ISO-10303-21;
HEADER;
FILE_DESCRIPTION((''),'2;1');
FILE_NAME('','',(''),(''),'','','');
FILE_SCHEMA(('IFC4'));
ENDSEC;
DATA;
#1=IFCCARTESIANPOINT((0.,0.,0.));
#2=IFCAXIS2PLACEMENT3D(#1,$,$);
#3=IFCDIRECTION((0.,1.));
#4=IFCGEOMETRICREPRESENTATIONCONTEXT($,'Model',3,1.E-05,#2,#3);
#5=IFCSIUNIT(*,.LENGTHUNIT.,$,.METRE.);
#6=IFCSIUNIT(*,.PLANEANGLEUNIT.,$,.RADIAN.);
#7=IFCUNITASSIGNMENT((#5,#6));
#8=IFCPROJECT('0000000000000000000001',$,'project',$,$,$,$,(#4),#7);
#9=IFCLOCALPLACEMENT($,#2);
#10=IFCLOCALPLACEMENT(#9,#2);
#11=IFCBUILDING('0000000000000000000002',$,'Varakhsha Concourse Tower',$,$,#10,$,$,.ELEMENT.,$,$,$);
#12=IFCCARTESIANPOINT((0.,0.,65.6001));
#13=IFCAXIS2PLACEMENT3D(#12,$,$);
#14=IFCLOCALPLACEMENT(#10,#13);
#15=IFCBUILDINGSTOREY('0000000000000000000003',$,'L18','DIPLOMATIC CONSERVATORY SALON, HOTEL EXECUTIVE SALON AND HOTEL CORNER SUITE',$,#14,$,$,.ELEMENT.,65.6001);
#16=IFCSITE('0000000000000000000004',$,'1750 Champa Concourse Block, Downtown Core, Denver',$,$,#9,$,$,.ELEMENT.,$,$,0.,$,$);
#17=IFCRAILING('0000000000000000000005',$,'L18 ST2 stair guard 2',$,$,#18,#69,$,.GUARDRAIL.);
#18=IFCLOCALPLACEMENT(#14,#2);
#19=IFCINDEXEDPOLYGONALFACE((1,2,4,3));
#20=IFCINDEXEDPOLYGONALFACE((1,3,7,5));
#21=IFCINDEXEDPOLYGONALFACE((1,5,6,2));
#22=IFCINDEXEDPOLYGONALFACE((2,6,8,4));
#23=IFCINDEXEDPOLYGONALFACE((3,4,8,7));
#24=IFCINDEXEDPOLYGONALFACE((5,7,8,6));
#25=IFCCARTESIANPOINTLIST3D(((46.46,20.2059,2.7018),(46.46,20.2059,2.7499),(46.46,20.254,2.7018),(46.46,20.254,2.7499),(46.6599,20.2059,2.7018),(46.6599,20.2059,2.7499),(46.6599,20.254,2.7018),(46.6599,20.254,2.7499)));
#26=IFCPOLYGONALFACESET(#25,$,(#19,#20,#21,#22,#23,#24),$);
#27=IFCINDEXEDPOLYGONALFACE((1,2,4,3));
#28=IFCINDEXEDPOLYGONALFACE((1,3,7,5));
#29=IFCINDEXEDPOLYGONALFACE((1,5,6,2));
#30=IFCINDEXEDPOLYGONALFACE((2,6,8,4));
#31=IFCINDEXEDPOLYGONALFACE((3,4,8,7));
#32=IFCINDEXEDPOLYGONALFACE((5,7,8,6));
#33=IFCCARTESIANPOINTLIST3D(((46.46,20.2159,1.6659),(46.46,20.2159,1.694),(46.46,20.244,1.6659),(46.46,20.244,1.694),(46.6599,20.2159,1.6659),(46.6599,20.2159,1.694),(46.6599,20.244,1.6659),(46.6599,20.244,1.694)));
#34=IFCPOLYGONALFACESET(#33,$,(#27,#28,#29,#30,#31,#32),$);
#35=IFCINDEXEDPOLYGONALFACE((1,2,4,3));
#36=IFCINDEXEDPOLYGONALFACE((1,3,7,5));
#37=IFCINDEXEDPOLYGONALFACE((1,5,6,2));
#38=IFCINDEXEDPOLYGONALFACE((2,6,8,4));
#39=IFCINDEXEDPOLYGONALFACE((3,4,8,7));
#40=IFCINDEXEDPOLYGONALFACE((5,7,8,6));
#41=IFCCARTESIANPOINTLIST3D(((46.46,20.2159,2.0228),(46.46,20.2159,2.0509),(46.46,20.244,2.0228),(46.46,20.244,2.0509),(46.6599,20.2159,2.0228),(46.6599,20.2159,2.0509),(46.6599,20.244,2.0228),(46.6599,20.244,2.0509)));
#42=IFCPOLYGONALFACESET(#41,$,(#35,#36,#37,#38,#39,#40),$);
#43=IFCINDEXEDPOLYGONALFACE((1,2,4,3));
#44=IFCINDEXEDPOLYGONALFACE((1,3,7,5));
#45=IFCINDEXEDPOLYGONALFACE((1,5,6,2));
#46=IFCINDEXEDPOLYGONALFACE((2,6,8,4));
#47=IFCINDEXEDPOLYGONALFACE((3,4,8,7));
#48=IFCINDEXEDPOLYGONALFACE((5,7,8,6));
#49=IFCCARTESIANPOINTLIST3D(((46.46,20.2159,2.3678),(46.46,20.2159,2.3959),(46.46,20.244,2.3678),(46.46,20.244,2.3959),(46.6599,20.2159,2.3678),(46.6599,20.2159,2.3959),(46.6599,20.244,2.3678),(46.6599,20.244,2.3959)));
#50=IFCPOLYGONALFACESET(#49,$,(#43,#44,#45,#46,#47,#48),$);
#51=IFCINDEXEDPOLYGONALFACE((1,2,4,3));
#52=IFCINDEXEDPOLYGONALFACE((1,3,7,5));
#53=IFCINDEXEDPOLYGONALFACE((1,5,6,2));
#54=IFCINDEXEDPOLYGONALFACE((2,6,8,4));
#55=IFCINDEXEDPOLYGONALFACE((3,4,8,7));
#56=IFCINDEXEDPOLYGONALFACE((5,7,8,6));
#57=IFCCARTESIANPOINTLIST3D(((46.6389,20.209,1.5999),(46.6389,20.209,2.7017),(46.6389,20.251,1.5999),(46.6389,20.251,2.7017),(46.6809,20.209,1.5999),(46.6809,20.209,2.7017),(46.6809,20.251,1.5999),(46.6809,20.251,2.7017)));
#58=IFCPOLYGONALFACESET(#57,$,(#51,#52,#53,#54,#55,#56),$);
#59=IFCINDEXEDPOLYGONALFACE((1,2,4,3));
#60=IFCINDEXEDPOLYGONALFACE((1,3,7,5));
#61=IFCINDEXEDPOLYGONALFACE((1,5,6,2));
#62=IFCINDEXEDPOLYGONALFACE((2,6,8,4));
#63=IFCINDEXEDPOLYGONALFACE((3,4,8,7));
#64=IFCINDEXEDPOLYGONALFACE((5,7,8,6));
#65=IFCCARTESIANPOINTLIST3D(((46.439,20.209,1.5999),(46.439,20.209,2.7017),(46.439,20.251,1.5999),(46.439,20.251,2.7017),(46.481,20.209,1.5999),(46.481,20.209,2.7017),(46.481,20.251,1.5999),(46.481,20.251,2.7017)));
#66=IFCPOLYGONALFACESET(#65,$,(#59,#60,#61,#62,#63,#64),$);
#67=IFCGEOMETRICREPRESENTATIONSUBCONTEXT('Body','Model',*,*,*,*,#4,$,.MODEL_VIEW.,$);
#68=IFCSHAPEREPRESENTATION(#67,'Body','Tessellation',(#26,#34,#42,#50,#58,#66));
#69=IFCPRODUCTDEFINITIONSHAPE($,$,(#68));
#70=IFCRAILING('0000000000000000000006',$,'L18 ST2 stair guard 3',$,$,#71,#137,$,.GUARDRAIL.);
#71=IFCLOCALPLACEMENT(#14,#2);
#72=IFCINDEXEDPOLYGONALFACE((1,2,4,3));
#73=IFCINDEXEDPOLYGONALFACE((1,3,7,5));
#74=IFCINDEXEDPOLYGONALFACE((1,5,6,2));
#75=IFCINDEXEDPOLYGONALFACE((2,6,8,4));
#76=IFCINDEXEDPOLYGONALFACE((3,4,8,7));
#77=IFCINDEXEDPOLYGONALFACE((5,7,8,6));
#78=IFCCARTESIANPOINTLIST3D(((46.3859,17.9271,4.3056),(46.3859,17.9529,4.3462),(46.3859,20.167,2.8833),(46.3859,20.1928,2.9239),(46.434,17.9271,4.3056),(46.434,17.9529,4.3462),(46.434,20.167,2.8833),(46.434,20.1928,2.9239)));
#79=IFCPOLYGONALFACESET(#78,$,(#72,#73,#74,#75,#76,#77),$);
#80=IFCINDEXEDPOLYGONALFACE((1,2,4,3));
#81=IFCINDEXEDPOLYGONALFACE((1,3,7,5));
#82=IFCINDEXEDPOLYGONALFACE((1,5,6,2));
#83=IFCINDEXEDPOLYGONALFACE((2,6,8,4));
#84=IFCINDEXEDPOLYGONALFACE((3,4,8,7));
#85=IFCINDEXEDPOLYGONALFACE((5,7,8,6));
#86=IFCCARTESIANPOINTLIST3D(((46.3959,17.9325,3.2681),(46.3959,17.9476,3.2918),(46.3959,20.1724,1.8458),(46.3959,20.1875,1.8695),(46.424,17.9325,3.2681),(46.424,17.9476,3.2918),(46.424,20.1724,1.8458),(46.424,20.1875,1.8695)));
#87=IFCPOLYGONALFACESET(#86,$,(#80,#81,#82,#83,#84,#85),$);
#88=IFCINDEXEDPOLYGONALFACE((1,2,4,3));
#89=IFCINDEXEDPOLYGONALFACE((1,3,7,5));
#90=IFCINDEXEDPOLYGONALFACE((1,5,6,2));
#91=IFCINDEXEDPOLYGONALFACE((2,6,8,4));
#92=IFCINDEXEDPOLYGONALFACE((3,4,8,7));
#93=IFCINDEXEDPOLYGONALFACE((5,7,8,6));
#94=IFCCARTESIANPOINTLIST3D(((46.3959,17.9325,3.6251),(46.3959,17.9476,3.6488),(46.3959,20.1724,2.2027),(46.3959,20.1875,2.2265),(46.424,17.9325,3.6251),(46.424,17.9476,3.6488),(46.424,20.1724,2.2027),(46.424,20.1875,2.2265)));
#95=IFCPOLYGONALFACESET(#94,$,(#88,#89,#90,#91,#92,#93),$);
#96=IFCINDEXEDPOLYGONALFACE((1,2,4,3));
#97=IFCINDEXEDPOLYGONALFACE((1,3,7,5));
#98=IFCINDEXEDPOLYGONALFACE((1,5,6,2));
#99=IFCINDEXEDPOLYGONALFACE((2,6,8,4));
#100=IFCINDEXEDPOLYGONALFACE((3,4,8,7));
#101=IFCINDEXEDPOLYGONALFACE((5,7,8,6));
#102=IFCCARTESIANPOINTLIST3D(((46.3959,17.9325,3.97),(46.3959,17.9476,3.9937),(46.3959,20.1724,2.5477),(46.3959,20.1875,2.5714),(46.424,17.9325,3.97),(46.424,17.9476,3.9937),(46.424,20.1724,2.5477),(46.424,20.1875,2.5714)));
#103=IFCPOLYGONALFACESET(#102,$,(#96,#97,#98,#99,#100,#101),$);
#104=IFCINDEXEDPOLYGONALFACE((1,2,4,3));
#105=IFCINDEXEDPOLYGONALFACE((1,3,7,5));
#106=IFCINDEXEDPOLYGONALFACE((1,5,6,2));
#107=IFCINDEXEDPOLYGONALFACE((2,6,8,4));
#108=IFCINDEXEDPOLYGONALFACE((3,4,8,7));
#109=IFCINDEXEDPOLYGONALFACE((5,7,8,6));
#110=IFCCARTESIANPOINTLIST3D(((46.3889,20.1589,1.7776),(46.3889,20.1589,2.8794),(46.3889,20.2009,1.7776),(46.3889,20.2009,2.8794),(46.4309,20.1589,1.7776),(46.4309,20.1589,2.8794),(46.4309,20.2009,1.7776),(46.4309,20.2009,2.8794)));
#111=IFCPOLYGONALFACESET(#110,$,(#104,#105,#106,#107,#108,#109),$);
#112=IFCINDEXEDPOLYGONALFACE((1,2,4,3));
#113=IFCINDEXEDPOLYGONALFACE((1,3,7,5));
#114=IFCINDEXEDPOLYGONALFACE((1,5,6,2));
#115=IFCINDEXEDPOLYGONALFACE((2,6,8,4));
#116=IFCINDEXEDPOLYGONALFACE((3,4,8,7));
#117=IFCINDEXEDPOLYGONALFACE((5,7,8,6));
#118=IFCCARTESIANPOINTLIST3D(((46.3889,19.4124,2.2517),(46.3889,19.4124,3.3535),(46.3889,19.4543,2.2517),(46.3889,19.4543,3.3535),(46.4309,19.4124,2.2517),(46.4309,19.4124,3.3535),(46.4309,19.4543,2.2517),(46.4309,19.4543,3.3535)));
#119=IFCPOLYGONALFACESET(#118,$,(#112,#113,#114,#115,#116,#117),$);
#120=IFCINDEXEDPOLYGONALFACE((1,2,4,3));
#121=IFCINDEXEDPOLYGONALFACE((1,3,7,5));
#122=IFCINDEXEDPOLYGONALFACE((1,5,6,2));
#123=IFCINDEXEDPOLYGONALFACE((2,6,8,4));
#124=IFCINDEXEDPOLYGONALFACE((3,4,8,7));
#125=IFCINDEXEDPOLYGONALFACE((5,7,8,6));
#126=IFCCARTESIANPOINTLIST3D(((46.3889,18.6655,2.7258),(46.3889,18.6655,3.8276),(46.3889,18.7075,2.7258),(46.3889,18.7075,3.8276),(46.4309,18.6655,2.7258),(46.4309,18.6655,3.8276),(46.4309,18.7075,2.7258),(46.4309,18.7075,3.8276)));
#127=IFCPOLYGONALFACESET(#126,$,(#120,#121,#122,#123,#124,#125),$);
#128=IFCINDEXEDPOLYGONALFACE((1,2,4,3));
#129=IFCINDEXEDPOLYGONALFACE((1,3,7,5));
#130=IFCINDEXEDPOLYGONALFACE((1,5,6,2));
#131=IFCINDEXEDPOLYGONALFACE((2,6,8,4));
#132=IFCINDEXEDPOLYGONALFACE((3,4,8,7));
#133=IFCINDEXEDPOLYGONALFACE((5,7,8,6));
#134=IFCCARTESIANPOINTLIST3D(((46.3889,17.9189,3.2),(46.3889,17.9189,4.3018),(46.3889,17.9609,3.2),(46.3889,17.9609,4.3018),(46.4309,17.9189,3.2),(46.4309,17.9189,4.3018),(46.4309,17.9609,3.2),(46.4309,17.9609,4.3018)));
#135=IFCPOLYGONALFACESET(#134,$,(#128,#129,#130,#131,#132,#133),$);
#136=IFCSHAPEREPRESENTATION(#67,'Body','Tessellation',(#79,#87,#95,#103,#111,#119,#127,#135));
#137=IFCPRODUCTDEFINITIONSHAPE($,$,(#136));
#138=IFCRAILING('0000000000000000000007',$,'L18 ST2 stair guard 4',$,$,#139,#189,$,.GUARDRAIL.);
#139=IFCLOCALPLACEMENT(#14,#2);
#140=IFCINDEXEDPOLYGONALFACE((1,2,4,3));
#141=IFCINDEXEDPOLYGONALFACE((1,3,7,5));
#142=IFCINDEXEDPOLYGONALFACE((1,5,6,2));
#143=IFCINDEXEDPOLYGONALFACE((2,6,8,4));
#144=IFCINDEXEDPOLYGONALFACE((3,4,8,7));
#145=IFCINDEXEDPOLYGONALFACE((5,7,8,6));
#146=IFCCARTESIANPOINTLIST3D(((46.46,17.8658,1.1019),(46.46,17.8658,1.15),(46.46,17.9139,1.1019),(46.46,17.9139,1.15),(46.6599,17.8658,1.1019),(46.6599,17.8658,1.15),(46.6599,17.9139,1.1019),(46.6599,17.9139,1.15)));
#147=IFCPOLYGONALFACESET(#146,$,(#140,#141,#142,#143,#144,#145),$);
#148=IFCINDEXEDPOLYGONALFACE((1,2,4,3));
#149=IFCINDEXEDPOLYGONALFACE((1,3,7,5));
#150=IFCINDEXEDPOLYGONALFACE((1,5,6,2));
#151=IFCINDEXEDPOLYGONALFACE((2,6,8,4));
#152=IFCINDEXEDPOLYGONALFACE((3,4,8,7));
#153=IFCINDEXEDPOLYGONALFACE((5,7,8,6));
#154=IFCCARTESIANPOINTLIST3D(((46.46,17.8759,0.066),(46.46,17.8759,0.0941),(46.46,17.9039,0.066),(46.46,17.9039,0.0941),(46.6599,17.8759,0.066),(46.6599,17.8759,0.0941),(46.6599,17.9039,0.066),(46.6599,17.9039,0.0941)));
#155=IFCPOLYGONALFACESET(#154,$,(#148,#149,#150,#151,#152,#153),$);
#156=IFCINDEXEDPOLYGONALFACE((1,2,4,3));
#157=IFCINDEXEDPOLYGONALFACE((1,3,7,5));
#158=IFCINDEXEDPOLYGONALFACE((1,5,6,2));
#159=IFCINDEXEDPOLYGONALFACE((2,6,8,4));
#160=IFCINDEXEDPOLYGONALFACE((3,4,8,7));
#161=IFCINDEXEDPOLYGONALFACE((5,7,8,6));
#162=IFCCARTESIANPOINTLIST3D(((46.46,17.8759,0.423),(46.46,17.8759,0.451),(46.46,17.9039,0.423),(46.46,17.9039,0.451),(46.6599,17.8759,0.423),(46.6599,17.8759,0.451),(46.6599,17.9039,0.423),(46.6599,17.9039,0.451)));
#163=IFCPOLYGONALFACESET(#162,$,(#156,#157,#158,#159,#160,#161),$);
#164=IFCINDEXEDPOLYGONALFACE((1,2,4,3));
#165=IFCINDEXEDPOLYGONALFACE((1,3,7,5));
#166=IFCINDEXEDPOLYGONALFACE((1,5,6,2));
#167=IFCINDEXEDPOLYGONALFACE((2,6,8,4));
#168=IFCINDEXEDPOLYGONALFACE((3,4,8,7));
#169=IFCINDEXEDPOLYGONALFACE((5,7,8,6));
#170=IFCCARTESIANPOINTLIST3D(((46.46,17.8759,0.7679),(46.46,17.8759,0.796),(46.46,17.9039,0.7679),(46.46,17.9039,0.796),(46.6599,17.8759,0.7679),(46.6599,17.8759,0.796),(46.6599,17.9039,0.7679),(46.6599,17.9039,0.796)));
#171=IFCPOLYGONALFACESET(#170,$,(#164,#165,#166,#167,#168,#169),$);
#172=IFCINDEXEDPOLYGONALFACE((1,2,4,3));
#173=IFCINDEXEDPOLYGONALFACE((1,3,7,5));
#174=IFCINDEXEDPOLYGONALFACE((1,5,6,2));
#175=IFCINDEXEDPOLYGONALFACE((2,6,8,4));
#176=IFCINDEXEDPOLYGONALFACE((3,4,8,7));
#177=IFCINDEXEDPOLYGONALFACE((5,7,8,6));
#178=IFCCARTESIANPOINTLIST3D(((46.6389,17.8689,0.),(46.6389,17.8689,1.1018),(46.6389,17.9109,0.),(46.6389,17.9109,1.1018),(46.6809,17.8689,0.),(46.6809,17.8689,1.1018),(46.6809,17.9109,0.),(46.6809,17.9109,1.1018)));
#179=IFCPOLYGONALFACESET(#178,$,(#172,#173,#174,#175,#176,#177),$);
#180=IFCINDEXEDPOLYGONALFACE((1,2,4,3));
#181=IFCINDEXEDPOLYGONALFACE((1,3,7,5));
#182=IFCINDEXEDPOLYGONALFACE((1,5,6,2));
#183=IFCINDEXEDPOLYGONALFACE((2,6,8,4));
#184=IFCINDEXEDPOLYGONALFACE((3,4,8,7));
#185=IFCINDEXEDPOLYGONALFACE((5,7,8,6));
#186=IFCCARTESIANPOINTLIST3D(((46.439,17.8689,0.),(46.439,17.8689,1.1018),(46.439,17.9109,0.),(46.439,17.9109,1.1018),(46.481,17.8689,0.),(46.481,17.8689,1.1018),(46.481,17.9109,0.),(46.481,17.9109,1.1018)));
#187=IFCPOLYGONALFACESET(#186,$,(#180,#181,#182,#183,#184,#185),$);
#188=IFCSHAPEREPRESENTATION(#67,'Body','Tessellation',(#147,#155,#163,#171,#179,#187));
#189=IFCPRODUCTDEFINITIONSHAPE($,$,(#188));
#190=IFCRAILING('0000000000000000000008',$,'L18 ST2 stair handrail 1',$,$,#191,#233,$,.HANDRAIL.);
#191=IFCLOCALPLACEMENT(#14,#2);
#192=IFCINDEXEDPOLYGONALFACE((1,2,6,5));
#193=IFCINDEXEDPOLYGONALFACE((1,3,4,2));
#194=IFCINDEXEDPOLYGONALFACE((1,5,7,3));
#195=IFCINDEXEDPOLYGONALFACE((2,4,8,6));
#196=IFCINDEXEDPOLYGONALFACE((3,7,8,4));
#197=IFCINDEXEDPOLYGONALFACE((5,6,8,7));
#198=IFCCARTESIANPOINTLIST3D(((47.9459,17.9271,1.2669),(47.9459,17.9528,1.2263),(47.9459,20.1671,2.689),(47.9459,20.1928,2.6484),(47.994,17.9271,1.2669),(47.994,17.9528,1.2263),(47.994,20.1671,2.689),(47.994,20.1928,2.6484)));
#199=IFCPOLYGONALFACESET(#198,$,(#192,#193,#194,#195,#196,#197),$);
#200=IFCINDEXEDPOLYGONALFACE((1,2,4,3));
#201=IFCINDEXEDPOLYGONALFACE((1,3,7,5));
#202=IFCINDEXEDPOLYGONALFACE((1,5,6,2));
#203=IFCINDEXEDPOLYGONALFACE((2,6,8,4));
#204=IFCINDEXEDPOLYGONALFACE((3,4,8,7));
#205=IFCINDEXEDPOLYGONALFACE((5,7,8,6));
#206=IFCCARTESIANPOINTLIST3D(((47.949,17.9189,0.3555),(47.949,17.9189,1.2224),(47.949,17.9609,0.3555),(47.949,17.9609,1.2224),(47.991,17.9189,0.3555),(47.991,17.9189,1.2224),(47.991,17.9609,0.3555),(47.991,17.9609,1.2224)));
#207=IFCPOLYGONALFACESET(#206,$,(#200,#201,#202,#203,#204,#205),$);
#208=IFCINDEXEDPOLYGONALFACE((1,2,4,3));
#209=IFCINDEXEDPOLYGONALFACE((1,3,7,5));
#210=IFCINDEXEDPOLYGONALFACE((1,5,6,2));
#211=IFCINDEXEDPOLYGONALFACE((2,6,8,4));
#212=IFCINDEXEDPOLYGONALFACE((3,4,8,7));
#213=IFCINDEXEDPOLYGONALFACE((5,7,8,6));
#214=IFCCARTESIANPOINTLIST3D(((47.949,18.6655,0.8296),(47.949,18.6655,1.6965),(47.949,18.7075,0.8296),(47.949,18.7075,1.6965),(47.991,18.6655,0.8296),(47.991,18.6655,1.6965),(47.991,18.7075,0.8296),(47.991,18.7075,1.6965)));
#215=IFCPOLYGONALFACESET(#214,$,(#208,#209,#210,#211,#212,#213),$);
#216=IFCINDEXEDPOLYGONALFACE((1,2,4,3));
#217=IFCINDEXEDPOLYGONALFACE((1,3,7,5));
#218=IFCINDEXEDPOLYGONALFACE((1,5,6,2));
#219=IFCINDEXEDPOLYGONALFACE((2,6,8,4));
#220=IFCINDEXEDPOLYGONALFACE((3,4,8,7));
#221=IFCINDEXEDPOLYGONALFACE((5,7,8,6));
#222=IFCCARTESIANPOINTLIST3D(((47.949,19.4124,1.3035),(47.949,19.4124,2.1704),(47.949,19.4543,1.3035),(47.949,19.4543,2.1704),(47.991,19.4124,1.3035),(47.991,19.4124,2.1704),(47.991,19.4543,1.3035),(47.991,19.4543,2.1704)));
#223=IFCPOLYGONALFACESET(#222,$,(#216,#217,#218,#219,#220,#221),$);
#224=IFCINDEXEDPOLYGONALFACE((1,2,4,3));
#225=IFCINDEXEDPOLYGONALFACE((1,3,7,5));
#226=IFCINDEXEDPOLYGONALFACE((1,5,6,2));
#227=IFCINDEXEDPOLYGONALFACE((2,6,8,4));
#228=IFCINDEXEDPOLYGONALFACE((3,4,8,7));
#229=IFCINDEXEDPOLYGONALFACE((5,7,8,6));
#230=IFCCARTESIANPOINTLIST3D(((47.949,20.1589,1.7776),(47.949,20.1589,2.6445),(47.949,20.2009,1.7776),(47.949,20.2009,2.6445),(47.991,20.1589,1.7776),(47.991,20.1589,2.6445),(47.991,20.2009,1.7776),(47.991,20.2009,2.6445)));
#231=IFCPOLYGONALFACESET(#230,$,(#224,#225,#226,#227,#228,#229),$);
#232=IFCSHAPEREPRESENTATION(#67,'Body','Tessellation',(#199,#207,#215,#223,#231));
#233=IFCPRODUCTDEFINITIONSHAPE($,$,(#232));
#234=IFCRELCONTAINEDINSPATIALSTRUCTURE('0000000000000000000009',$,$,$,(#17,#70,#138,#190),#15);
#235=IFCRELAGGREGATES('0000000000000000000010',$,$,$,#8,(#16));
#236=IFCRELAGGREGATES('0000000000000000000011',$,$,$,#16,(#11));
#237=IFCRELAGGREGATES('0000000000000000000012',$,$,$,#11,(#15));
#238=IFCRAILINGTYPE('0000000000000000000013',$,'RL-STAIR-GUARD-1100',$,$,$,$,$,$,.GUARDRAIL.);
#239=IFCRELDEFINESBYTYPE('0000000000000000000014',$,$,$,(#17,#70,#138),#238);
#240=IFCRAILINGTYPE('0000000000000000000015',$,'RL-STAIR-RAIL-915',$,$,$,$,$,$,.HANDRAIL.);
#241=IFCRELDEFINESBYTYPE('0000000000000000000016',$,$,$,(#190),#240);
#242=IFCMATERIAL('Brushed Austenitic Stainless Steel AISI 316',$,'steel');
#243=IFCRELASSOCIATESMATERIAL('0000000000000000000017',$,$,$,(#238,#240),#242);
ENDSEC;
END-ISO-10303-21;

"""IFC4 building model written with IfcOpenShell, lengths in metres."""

from ifc_helpers import new_model, si_unit, direction, frame, origin, origin_2d, place, context, subcontext, project, spatial, rectangle, extrude, material, type_object, element, save


model = new_model("IFC4")

# Units and contexts
model_context = context("Model", 3, precision=1e-05, world=origin(), true_north=direction((0.0, 1.0)))
body_context = subcontext(model_context, "Body", "Model", "MODEL_VIEW")
ifc_project = project(units=[si_unit("LENGTHUNIT", "METRE"), si_unit("PLANEANGLEUNIT", "RADIAN")], contexts=[model_context])

# Site, building, storey
site_placement = place(None, origin())
site = spatial("IfcSite", under=ifc_project, at=site_placement, Name="1750 Champa Concourse Block, Downtown Core, Denver", CompositionType="ELEMENT", RefElevation=0.0)
building_placement = place(site_placement, origin())
building = spatial("IfcBuilding", under=site, at=building_placement, Name="Varakhsha Concourse Tower", CompositionType="ELEMENT")
storey_placement = place(building_placement, frame((0.0, 0.0, 65.6001)))
storey = spatial("IfcBuildingStorey", under=building, at=storey_placement, Name="L18", Description="DIPLOMATIC CONSERVATORY SALON, HOTEL EXECUTIVE SALON AND HOTEL CORNER SUITE", CompositionType="ELEMENT", Elevation=65.6001)

# Railings
ifc_material_1 = material(Name="Brushed Austenitic Stainless Steel AISI 316", Category="steel")
railing_type_1 = type_object("IfcRailingType", Name="RL-STAIR-GUARD-1100", PredefinedType="GUARDRAIL", material=ifc_material_1)
railing_1_placement = place(storey_placement, frame((46.6599, 20.23, 1.5999)))
element("IfcRailing", 1, at=railing_1_placement, inside=storey, type_object=railing_type_1, Name="L18 ST2 stair guard 2", PredefinedType="GUARDRAIL", context=body_context, shape_type="SweptSolid", body=[
    extrude(rectangle(XDim=0.0481, YDim=0.0481, at=origin_2d()), frame((0.0, 0.0, 1.126), z_axis=(-1.0, 0.0, 0.0), x_axis=(0.0, -1.0, 0.0)), (0.0, 0.0, 1.0), 0.2),
    extrude(rectangle(XDim=0.0281, YDim=0.0281, at=origin_2d()), frame((0.0, 0.0, 0.0801), z_axis=(-1.0, 0.0, 0.0), x_axis=(0.0, -1.0, 0.0)), (0.0, 0.0, 1.0), 0.2),
    extrude(rectangle(XDim=0.0281, YDim=0.0281, at=origin_2d()), frame((0.0, 0.0, 0.437), z_axis=(-1.0, 0.0, 0.0), x_axis=(0.0, -1.0, 0.0)), (0.0, 0.0, 1.0), 0.2),
    extrude(rectangle(XDim=0.0281, YDim=0.0281, at=origin_2d()), frame((0.0, 0.0, 0.782), z_axis=(-1.0, 0.0, 0.0), x_axis=(0.0, -1.0, 0.0)), (0.0, 0.0, 1.0), 0.2),
    extrude(rectangle(XDim=0.042, YDim=0.042, at=origin_2d()), origin(), (0.0, 0.0, 1.0), 1.1018),
    extrude(rectangle(XDim=0.042, YDim=0.042, at=origin_2d()), frame((-0.2, 0.0, 0.0)), (0.0, 0.0, 1.0), 1.1018),
])
railing_2_placement = place(storey_placement, frame((46.4099, 20.1799, 1.7776)))
element("IfcRailing", 2, at=railing_2_placement, inside=storey, type_object=railing_type_1, Name="L18 ST2 stair guard 3", PredefinedType="GUARDRAIL", context=body_context, shape_type="SweptSolid", body=[
    extrude(rectangle(XDim=0.0481, YDim=0.0481, at=origin_2d()), frame((0.0, 0.0, 1.126), z_axis=(0.0, -0.844188, 0.536048), x_axis=(1.0, 0.0, 0.0)), (0.0, 0.0, 1.0), 2.6533),
    extrude(rectangle(XDim=0.0281, YDim=0.0281, at=origin_2d()), frame((0.0, 0.0, 0.0801), z_axis=(0.0, -0.844188, 0.536048), x_axis=(1.0, 0.0, 0.0)), (0.0, 0.0, 1.0), 2.6533),
    extrude(rectangle(XDim=0.0281, YDim=0.0281, at=origin_2d()), frame((0.0, 0.0, 0.437), z_axis=(0.0, -0.844188, 0.536048), x_axis=(1.0, 0.0, 0.0)), (0.0, 0.0, 1.0), 2.6533),
    extrude(rectangle(XDim=0.0281, YDim=0.0281, at=origin_2d()), frame((0.0, 0.0, 0.782), z_axis=(0.0, -0.844188, 0.536048), x_axis=(1.0, 0.0, 0.0)), (0.0, 0.0, 1.0), 2.6533),
    extrude(rectangle(XDim=0.042, YDim=0.042, at=origin_2d()), origin(), (0.0, 0.0, 1.0), 1.1018),
    extrude(rectangle(XDim=0.042, YDim=0.042, at=origin_2d()), frame((0.0, -0.7466, 0.4741)), (0.0, 0.0, 1.0), 1.1018),
    extrude(rectangle(XDim=0.042, YDim=0.042, at=origin_2d()), frame((0.0, -1.4934, 0.9482)), (0.0, 0.0, 1.0), 1.1018),
    extrude(rectangle(XDim=0.042, YDim=0.042, at=origin_2d()), frame((0.0, -2.24, 1.4224)), (0.0, 0.0, 1.0), 1.1018),
])
railing_3_placement = place(storey_placement, frame((46.6599, 17.8899, 0.0)))
element("IfcRailing", 3, at=railing_3_placement, inside=storey, type_object=railing_type_1, Name="L18 ST2 stair guard 4", PredefinedType="GUARDRAIL", context=body_context, shape_type="SweptSolid", body=[
    extrude(rectangle(XDim=0.0481, YDim=0.0481, at=origin_2d()), frame((0.0, 0.0, 1.126), z_axis=(-1.0, 0.0, 0.0), x_axis=(0.0, -1.0, 0.0)), (0.0, 0.0, 1.0), 0.2),
    extrude(rectangle(XDim=0.0281, YDim=0.0281, at=origin_2d()), frame((0.0, 0.0, 0.0801), z_axis=(-1.0, 0.0, 0.0), x_axis=(0.0, -1.0, 0.0)), (0.0, 0.0, 1.0), 0.2),
    extrude(rectangle(XDim=0.0281, YDim=0.0281, at=origin_2d()), frame((0.0, 0.0, 0.437), z_axis=(-1.0, 0.0, 0.0), x_axis=(0.0, -1.0, 0.0)), (0.0, 0.0, 1.0), 0.2),
    extrude(rectangle(XDim=0.0281, YDim=0.0281, at=origin_2d()), frame((0.0, 0.0, 0.782), z_axis=(-1.0, 0.0, 0.0), x_axis=(0.0, -1.0, 0.0)), (0.0, 0.0, 1.0), 0.2),
    extrude(rectangle(XDim=0.042, YDim=0.042, at=origin_2d()), origin(), (0.0, 0.0, 1.0), 1.1018),
    extrude(rectangle(XDim=0.042, YDim=0.042, at=origin_2d()), frame((-0.2, 0.0, 0.0)), (0.0, 0.0, 1.0), 1.1018),
])
railing_type_2 = type_object("IfcRailingType", Name="RL-STAIR-RAIL-915", PredefinedType="HANDRAIL", material=ifc_material_1)
railing_4_placement = place(storey_placement, frame((47.97, 17.9399, 0.3555)))
element("IfcRailing", 4, at=railing_4_placement, inside=storey, type_object=railing_type_2, Name="L18 ST2 stair handrail 1", PredefinedType="HANDRAIL", context=body_context, shape_type="SweptSolid", body=[
    extrude(rectangle(XDim=0.0481, YDim=0.0481, at=origin_2d()), frame((0.0, 0.0, 0.8911), z_axis=(0.0, 0.844229, 0.535982), x_axis=(-1.0, 0.0, 0.0)), (0.0, 0.0, 1.0), 2.6533),
    extrude(rectangle(XDim=0.042, YDim=0.042, at=origin_2d()), origin(), (0.0, 0.0, 1.0), 0.8669),
    extrude(rectangle(XDim=0.042, YDim=0.042, at=origin_2d()), frame((0.0, 0.7466, 0.4741)), (0.0, 0.0, 1.0), 0.8669),
    extrude(rectangle(XDim=0.042, YDim=0.042, at=origin_2d()), frame((0.0, 1.4934, 0.948)), (0.0, 0.0, 1.0), 0.8669),
    extrude(rectangle(XDim=0.042, YDim=0.042, at=origin_2d()), frame((0.0, 2.24, 1.4221)), (0.0, 0.0, 1.0), 0.8669),
])

save(model, "model.ifc")
